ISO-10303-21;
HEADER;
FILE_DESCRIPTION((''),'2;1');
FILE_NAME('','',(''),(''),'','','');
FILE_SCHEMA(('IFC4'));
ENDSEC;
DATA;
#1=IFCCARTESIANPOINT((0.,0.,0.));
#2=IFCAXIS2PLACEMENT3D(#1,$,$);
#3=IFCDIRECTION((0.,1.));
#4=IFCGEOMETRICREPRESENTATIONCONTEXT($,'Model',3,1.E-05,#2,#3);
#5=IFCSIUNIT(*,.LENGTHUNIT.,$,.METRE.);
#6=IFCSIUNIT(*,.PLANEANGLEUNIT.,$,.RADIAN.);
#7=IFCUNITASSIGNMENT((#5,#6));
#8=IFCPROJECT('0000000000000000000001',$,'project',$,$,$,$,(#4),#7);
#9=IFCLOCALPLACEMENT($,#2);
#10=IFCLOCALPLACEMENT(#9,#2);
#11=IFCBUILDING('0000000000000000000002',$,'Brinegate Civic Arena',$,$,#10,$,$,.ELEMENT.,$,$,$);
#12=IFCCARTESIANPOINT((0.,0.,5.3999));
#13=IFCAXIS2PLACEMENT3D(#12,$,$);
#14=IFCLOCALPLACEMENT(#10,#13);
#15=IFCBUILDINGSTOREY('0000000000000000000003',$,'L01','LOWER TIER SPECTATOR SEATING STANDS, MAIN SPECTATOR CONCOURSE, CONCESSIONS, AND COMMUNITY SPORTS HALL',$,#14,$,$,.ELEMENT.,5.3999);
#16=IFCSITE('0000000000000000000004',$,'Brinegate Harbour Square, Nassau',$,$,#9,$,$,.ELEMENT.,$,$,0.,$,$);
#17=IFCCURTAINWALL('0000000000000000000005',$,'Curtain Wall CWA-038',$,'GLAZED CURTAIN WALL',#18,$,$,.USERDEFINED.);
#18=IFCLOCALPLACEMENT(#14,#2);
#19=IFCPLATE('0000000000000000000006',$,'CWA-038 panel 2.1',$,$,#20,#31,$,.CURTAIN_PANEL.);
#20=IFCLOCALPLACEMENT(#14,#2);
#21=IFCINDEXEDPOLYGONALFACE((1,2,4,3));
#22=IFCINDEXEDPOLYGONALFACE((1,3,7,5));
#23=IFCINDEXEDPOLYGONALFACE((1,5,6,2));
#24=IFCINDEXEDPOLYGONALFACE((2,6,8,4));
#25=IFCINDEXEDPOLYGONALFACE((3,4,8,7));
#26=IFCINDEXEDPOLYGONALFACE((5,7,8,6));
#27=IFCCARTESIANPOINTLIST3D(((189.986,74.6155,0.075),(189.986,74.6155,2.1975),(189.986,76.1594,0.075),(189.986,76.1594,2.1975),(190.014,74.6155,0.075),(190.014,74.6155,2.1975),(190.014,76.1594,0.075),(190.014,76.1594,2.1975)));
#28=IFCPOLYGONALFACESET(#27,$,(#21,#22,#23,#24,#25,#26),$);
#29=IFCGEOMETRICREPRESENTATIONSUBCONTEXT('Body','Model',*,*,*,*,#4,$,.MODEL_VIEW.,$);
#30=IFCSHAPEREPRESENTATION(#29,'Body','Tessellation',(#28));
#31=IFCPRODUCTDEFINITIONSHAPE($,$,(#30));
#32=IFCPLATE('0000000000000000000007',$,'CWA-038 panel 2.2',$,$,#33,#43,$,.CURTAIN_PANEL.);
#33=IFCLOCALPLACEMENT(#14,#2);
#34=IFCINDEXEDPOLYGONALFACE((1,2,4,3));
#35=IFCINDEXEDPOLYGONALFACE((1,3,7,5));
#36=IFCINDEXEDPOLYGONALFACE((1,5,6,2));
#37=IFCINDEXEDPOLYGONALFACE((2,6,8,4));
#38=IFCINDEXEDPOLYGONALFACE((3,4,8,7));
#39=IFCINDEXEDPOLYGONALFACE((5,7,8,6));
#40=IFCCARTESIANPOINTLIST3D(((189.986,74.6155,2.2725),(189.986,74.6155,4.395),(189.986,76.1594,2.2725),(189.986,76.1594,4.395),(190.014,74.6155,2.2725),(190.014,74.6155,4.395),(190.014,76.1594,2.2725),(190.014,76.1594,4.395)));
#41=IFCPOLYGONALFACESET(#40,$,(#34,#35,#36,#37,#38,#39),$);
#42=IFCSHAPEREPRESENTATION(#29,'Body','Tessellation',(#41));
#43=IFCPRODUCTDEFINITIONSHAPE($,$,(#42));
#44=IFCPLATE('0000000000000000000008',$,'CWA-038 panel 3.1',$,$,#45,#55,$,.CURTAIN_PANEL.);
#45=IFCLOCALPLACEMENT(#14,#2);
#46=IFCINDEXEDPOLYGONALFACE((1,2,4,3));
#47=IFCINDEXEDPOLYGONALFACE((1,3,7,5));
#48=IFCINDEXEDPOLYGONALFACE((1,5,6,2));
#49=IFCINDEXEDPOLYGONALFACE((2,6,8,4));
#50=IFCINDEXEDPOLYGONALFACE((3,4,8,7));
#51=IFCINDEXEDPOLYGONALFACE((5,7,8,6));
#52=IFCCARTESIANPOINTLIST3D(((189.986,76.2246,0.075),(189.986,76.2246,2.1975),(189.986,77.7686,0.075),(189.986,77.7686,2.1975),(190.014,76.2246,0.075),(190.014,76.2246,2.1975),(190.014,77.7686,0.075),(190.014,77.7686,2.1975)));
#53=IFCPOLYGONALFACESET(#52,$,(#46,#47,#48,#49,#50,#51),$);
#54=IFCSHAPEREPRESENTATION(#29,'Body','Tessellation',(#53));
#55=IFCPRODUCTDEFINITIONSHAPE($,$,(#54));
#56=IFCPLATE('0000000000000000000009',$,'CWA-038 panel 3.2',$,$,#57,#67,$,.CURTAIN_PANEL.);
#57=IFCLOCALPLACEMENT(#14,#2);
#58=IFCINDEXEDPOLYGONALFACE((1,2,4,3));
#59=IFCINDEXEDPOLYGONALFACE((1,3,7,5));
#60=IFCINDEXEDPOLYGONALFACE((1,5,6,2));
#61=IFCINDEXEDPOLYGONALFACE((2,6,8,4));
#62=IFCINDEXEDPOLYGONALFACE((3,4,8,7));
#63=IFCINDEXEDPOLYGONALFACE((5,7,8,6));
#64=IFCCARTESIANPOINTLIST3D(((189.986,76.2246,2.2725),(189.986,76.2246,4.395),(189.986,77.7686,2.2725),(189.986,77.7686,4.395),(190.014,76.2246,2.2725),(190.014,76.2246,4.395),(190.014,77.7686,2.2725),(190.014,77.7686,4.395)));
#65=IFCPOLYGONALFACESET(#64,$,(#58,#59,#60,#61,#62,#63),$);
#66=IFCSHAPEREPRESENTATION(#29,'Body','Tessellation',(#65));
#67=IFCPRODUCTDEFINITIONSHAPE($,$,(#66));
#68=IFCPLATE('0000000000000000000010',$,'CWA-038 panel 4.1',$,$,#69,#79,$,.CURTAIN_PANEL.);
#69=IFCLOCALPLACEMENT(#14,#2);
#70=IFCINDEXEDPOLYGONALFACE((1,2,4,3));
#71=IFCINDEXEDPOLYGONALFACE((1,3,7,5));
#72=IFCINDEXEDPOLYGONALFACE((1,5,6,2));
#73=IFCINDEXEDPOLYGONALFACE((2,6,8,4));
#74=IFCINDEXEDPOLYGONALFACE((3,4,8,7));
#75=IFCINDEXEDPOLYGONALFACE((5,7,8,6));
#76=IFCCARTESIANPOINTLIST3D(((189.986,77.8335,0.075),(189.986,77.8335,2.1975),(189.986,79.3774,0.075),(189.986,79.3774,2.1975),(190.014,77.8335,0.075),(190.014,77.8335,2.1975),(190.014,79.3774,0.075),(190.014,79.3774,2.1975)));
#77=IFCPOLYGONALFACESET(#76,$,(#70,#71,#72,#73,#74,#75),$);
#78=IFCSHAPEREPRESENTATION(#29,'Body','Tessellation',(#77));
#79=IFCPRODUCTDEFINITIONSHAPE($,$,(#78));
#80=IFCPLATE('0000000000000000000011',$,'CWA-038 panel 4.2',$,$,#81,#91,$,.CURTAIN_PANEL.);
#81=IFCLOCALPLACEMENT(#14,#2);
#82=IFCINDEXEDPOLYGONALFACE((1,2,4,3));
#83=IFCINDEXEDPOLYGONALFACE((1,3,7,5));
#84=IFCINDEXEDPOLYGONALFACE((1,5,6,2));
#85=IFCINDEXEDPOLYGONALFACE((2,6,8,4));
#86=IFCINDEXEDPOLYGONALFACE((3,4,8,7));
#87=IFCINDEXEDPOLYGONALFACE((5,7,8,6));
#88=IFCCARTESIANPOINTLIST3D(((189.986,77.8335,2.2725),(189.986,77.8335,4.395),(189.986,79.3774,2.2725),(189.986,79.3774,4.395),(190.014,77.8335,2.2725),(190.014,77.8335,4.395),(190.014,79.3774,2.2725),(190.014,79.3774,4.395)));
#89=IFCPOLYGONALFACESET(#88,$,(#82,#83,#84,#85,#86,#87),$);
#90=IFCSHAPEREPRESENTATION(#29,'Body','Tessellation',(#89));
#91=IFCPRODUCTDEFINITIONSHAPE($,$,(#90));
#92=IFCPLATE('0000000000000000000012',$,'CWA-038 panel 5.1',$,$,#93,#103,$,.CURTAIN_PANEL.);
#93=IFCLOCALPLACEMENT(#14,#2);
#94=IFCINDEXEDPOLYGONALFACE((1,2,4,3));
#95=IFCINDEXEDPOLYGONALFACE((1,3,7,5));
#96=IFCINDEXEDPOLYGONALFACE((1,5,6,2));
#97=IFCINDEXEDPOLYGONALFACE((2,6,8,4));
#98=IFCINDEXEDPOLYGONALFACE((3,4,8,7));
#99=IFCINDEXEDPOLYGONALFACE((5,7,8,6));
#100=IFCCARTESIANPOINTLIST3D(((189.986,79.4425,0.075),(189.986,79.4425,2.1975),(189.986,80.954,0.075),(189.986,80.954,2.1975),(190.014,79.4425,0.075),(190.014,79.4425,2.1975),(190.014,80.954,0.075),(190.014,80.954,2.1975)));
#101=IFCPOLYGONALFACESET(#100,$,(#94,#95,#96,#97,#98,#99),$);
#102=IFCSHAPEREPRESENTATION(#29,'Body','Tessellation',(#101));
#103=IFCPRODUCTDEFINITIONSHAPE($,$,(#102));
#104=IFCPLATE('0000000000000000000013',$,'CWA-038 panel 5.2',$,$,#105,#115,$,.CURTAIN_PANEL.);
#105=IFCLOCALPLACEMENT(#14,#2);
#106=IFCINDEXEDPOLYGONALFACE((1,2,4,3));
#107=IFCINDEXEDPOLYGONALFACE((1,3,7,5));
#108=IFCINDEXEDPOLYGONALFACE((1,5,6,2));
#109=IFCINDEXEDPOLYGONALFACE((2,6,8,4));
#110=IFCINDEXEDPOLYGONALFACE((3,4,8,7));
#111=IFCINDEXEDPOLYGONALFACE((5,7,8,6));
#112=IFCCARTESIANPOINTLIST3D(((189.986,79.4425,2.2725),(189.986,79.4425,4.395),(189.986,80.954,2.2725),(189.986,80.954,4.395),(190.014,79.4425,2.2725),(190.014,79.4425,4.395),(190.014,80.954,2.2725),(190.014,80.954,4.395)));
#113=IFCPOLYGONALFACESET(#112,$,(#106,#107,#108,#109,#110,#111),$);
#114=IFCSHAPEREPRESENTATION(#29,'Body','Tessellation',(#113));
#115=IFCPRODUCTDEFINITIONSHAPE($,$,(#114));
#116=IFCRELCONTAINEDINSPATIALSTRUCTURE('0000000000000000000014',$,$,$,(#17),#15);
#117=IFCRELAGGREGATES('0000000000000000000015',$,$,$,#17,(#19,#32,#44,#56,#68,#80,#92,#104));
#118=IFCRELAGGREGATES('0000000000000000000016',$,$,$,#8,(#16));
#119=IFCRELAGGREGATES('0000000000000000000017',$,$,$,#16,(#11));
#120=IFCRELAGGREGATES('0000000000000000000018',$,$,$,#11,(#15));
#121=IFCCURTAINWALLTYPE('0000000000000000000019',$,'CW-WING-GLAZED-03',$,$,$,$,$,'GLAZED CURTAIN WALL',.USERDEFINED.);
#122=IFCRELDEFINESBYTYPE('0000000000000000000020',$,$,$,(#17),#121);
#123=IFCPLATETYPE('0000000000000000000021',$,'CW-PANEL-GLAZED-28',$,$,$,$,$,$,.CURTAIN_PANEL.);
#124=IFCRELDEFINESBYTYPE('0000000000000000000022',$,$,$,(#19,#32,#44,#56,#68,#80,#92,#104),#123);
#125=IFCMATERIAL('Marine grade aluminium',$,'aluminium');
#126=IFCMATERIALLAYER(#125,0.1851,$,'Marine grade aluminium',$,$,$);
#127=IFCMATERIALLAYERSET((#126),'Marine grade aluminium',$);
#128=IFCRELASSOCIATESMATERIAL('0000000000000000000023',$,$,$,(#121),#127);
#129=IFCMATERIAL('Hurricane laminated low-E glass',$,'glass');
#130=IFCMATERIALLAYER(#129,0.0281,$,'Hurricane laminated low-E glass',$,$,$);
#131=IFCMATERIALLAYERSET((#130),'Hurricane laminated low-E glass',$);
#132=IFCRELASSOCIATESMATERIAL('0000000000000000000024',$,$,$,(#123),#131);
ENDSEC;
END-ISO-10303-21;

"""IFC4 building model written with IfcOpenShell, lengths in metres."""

from ifc_helpers import new_model, si_unit, direction, frame, origin, origin_2d, place, context, subcontext, project, spatial, rectangle, extrude, material, layer, layer_set, type_object, element, aggregate, save


model = new_model("IFC4")

# Units and contexts
model_context = context("Model", 3, precision=1e-05, world=origin(), true_north=direction((0.0, 1.0)))
body_context = subcontext(model_context, "Body", "Model", "MODEL_VIEW")
ifc_project = project(units=[si_unit("LENGTHUNIT", "METRE"), si_unit("PLANEANGLEUNIT", "RADIAN")], contexts=[model_context])

# Site, building, storey
site_placement = place(None, origin())
site = spatial("IfcSite", under=ifc_project, at=site_placement, Name="Brinegate Harbour Square, Nassau", CompositionType="ELEMENT", RefElevation=0.0)
building_placement = place(site_placement, origin())
building = spatial("IfcBuilding", under=site, at=building_placement, Name="Brinegate Civic Arena", CompositionType="ELEMENT")
storey_placement = place(building_placement, frame((0.0, 0.0, 5.3999)))
storey = spatial("IfcBuildingStorey", under=building, at=storey_placement, Name="L01", Description="LOWER TIER SPECTATOR SEATING STANDS, MAIN SPECTATOR CONCOURSE, CONCESSIONS, AND COMMUNITY SPORTS HALL", CompositionType="ELEMENT", Elevation=5.3999)

# Curtain wall
ifc_material_1 = material(Name="Marine grade aluminium", Category="aluminium")
ifc_layer_1 = layer(ifc_material_1, 0.1851, Name="Marine grade aluminium")
ifc_layer_set_1 = layer_set([ifc_layer_1], Name="Marine grade aluminium")
curtain_wall_type = type_object("IfcCurtainWallType", Name="CW-WING-GLAZED-03", ElementType="GLAZED CURTAIN WALL", PredefinedType="USERDEFINED", material=ifc_layer_set_1)
curtain_wall_placement = place(storey_placement, origin())
curtain_wall = element("IfcCurtainWall", 1, at=curtain_wall_placement, inside=storey, type_object=curtain_wall_type, Name="Curtain Wall CWA-038", ObjectType="GLAZED CURTAIN WALL", PredefinedType="USERDEFINED")

# Plates
ifc_material_2 = material(Name="Hurricane laminated low-E glass", Category="glass")
ifc_layer_2 = layer(ifc_material_2, 0.0281, Name="Hurricane laminated low-E glass")
ifc_layer_set_2 = layer_set([ifc_layer_2], Name="Hurricane laminated low-E glass")
plate_type = type_object("IfcPlateType", Name="CW-PANEL-GLAZED-28", PredefinedType="CURTAIN_PANEL", material=ifc_layer_set_2)
plate_1_placement = place(storey_placement, frame((190.0, 75.3875, 0.075), z_axis=(0.0, 0.0, 1.0), x_axis=(0.0, 1.0, 0.0)))
plate_1 = element("IfcPlate", 2, at=plate_1_placement, type_object=plate_type, Name="CWA-038 panel 2.1", PredefinedType="CURTAIN_PANEL", context=body_context, shape_type="SweptSolid", body=[
    extrude(rectangle(XDim=1.5439, YDim=0.0281, at=origin_2d()), origin(), (0.0, 0.0, 1.0), 2.1226),
])
plate_2_placement = place(storey_placement, frame((190.0, 75.3875, 2.2725), z_axis=(0.0, 0.0, 1.0), x_axis=(0.0, 1.0, 0.0)))
plate_2 = element("IfcPlate", 3, at=plate_2_placement, type_object=plate_type, Name="CWA-038 panel 2.2", PredefinedType="CURTAIN_PANEL", context=body_context, shape_type="SweptSolid", body=[
    extrude(rectangle(XDim=1.5439, YDim=0.0281, at=origin_2d()), origin(), (0.0, 0.0, 1.0), 2.1226),
])
plate_3_placement = place(storey_placement, frame((190.0, 76.9966, 0.075), z_axis=(0.0, 0.0, 1.0), x_axis=(0.0, 1.0, 0.0)))
plate_3 = element("IfcPlate", 4, at=plate_3_placement, type_object=plate_type, Name="CWA-038 panel 3.1", PredefinedType="CURTAIN_PANEL", context=body_context, shape_type="SweptSolid", body=[
    extrude(rectangle(XDim=1.5439, YDim=0.0281, at=origin_2d()), origin(), (0.0, 0.0, 1.0), 2.1226),
])
plate_4_placement = place(storey_placement, frame((190.0, 76.9966, 2.2725), z_axis=(0.0, 0.0, 1.0), x_axis=(0.0, 1.0, 0.0)))
plate_4 = element("IfcPlate", 5, at=plate_4_placement, type_object=plate_type, Name="CWA-038 panel 3.2", PredefinedType="CURTAIN_PANEL", context=body_context, shape_type="SweptSolid", body=[
    extrude(rectangle(XDim=1.5439, YDim=0.0281, at=origin_2d()), origin(), (0.0, 0.0, 1.0), 2.1226),
])
plate_5_placement = place(storey_placement, frame((190.0, 78.6055, 0.075), z_axis=(0.0, 0.0, 1.0), x_axis=(0.0, 1.0, 0.0)))
plate_5 = element("IfcPlate", 6, at=plate_5_placement, type_object=plate_type, Name="CWA-038 panel 4.1", PredefinedType="CURTAIN_PANEL", context=body_context, shape_type="SweptSolid", body=[
    extrude(rectangle(XDim=1.5439, YDim=0.0281, at=origin_2d()), origin(), (0.0, 0.0, 1.0), 2.1226),
])
plate_6_placement = place(storey_placement, frame((190.0, 78.6055, 2.2725), z_axis=(0.0, 0.0, 1.0), x_axis=(0.0, 1.0, 0.0)))
plate_6 = element("IfcPlate", 7, at=plate_6_placement, type_object=plate_type, Name="CWA-038 panel 4.2", PredefinedType="CURTAIN_PANEL", context=body_context, shape_type="SweptSolid", body=[
    extrude(rectangle(XDim=1.5439, YDim=0.0281, at=origin_2d()), origin(), (0.0, 0.0, 1.0), 2.1226),
])
plate_7_placement = place(storey_placement, frame((190.0, 80.1982, 0.075), z_axis=(0.0, 0.0, 1.0), x_axis=(0.0, 1.0, 0.0)))
plate_7 = element("IfcPlate", 8, at=plate_7_placement, type_object=plate_type, Name="CWA-038 panel 5.1", PredefinedType="CURTAIN_PANEL", context=body_context, shape_type="SweptSolid", body=[
    extrude(rectangle(XDim=1.5115, YDim=0.0281, at=origin_2d()), origin(), (0.0, 0.0, 1.0), 2.1226),
])
plate_8_placement = place(storey_placement, frame((190.0, 80.1982, 2.2725), z_axis=(0.0, 0.0, 1.0), x_axis=(0.0, 1.0, 0.0)))
plate_8 = element("IfcPlate", 9, at=plate_8_placement, type_object=plate_type, Name="CWA-038 panel 5.2", PredefinedType="CURTAIN_PANEL", context=body_context, shape_type="SweptSolid", body=[
    extrude(rectangle(XDim=1.5115, YDim=0.0281, at=origin_2d()), origin(), (0.0, 0.0, 1.0), 2.1226),
])
aggregate(curtain_wall, [plate_1, plate_2, plate_3, plate_4, plate_5, plate_6, plate_7, plate_8])

save(model, "model.ifc")
